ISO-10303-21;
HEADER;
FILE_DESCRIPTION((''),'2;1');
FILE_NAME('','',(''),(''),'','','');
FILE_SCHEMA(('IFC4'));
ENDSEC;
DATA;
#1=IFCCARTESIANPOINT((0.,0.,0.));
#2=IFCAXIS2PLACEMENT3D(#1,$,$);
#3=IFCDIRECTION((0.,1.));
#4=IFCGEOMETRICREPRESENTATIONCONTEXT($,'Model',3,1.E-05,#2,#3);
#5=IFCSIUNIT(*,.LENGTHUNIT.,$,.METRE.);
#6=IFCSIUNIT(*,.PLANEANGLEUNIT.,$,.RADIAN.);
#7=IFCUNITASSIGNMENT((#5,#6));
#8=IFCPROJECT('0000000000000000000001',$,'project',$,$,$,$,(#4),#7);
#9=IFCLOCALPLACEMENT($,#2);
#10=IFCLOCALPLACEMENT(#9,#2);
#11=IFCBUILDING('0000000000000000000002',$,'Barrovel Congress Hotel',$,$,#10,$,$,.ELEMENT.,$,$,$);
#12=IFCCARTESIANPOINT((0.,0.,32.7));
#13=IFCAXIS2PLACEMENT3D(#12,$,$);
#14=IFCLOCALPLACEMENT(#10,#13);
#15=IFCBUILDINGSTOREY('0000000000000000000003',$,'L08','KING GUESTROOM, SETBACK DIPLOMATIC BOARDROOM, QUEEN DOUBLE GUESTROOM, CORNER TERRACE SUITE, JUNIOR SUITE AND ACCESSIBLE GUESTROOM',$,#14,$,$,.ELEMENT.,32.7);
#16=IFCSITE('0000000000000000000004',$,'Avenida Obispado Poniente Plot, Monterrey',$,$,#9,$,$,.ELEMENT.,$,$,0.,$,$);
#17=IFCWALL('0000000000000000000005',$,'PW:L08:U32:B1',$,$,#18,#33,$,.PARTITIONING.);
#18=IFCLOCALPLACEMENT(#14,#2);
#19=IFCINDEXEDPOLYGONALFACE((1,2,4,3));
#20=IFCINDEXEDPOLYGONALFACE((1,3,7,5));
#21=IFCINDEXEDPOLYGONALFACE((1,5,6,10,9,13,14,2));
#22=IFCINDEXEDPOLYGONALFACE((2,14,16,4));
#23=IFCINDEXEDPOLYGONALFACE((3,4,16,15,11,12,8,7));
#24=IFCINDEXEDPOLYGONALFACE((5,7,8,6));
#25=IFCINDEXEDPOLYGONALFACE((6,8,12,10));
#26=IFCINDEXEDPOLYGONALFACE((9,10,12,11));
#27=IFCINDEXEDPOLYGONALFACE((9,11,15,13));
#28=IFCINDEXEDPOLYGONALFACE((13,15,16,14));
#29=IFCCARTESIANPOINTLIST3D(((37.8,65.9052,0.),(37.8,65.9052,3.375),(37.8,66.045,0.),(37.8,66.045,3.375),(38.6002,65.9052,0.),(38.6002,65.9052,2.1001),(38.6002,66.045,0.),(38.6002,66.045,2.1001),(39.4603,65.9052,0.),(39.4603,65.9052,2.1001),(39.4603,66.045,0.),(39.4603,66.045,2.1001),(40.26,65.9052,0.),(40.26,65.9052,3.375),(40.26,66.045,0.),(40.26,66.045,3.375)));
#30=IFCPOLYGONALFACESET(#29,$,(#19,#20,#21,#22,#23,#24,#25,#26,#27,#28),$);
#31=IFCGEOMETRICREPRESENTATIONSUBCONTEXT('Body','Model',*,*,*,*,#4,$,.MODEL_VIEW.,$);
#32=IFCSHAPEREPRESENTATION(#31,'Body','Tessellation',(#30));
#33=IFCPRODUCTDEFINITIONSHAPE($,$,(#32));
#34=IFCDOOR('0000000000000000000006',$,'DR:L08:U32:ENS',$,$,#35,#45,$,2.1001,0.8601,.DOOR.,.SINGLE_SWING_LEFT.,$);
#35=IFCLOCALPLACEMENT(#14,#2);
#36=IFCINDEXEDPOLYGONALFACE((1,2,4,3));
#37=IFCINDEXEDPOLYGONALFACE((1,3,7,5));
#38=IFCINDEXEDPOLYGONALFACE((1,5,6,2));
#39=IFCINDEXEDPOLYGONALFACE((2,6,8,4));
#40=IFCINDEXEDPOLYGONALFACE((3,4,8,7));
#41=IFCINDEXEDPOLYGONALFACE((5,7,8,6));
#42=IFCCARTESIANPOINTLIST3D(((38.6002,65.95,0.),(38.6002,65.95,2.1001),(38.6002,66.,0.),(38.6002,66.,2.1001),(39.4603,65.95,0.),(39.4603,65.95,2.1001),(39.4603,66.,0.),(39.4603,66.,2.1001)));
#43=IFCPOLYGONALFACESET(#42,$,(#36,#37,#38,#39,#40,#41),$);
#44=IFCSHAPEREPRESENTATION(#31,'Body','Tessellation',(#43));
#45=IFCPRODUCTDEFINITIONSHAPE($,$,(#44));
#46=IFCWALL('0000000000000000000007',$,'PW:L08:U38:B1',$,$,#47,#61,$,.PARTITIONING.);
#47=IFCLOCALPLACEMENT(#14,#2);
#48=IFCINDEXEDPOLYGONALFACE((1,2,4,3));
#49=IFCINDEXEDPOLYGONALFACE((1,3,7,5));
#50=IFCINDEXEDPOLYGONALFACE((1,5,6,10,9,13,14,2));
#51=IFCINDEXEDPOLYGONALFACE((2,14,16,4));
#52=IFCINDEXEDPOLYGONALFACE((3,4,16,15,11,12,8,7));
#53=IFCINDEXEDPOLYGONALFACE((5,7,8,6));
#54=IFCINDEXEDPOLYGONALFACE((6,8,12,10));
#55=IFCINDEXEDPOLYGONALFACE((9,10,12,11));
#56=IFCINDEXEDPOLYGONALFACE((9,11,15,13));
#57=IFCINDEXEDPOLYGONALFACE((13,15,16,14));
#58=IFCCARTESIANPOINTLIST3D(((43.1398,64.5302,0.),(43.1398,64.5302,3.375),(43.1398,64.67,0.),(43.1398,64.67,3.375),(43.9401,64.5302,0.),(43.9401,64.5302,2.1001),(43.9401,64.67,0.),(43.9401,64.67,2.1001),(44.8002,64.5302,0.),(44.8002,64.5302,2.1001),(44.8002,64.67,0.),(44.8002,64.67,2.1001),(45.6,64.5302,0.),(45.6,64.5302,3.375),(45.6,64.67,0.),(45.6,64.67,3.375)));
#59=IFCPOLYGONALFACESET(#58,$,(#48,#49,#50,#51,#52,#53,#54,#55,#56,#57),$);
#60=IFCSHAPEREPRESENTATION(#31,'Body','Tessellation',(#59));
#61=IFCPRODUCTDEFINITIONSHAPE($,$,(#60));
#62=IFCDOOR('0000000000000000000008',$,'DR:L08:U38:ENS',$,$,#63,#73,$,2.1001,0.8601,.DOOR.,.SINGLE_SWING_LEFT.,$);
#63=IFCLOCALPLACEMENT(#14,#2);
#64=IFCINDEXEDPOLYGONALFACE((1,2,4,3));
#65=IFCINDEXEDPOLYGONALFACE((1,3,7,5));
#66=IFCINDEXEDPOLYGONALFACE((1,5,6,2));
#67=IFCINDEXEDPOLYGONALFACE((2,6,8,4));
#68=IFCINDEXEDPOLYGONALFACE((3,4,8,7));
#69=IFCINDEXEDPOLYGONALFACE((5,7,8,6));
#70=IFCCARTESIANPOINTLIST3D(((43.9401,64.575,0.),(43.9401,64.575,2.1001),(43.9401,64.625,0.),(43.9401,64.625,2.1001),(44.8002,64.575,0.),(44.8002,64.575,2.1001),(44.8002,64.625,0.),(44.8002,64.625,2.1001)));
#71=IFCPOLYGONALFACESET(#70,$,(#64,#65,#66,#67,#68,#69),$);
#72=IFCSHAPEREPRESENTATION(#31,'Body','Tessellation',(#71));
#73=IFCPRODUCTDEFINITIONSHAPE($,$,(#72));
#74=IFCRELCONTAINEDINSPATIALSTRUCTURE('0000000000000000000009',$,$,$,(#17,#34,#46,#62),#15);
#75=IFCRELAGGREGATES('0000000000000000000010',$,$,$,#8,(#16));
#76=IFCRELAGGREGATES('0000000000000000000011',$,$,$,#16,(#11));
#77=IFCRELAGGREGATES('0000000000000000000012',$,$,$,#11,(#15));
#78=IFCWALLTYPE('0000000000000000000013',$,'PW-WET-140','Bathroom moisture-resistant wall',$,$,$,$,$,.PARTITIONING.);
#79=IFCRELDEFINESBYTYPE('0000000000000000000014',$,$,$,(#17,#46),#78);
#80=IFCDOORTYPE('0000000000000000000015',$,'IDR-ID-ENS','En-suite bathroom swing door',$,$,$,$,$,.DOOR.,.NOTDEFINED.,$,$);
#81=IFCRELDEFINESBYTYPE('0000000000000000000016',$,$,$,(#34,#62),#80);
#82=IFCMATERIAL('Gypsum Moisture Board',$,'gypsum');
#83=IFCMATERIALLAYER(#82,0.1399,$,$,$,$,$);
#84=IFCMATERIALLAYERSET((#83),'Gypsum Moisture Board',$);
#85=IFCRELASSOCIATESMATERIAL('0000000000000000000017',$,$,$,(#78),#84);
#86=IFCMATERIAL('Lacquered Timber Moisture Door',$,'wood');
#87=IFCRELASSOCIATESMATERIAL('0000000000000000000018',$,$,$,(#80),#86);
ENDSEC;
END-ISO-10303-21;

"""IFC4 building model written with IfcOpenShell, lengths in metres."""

from ifc_helpers import new_model, si_unit, direction, frame, frame_2d, origin, place, context, subcontext, project, spatial, rectangle, extrude, material, layer, layer_set, type_object, element, fill, save


model = new_model("IFC4")

# Units and contexts
model_context = context("Model", 3, precision=1e-05, world=origin(), true_north=direction((0.0, 1.0)))
body_context = subcontext(model_context, "Body", "Model", "MODEL_VIEW")
ifc_project = project(units=[si_unit("LENGTHUNIT", "METRE"), si_unit("PLANEANGLEUNIT", "RADIAN")], contexts=[model_context])

# Site, building, storey
site_placement = place(None, origin())
site = spatial("IfcSite", under=ifc_project, at=site_placement, Name="Avenida Obispado Poniente Plot, Monterrey", CompositionType="ELEMENT", RefElevation=0.0)
building_placement = place(site_placement, origin())
building = spatial("IfcBuilding", under=site, at=building_placement, Name="Barrovel Congress Hotel", CompositionType="ELEMENT")
storey_placement = place(building_placement, frame((0.0, 0.0, 32.7)))
storey = spatial("IfcBuildingStorey", under=building, at=storey_placement, Name="L08", Description="KING GUESTROOM, SETBACK DIPLOMATIC BOARDROOM, QUEEN DOUBLE GUESTROOM, CORNER TERRACE SUITE, JUNIOR SUITE AND ACCESSIBLE GUESTROOM", CompositionType="ELEMENT", Elevation=32.7)

# Walls, openings, doors
ifc_material_1 = material(Name="Gypsum Moisture Board", Category="gypsum")
ifc_layer_1 = layer(ifc_material_1, 0.1399)
ifc_layer_set_1 = layer_set([ifc_layer_1], Name="Gypsum Moisture Board")
wall_type_1 = type_object("IfcWallType", Name="PW-WET-140", Description="Bathroom moisture-resistant wall", PredefinedType="PARTITIONING", material=ifc_layer_set_1)
wall_1_placement = place(storey_placement, frame((37.8, 65.9751, 0.0), z_axis=(0.0, 0.0, 1.0), x_axis=(1.0, 0.0, 0.0)))
wall_1 = element("IfcWall", 1, at=wall_1_placement, inside=storey, type_object=wall_type_1, Name="PW:L08:U32:B1", PredefinedType="PARTITIONING", context=body_context, shape_type="SweptSolid", body=[
    extrude(rectangle(XDim=2.46, YDim=0.1399, at=frame_2d((1.23, 0.0))), origin(), (0.0, 0.0, 1.0), 3.375),
])
opening_1_placement = place(wall_1_placement, frame((0.8, 0.0, 0.0)))
opening_1 = element("IfcOpeningElement", 2, at=opening_1_placement, cuts=wall_1, PredefinedType="OPENING", context=body_context, shape_type="SweptSolid", body=[
    extrude(rectangle(XDim=0.8601, YDim=2.1001, at=frame_2d((0.4302, 1.05))), frame((0.0, 0.0801, 0.0), z_axis=(0.0, -1.0, 0.0), x_axis=(1.0, 0.0, 0.0)), (0.0, 0.0, 1.0), 0.1599),
])
ifc_material_2 = material(Name="Lacquered Timber Moisture Door", Category="wood")
door_type_1 = type_object("IfcDoorType", Name="IDR-ID-ENS", Description="En-suite bathroom swing door", OperationType="NOTDEFINED", PredefinedType="DOOR", material=ifc_material_2)
door_1_placement = place(opening_1_placement, origin())
door_1 = element("IfcDoor", 3, at=door_1_placement, inside=storey, type_object=door_type_1, Name="DR:L08:U32:ENS", OperationType="SINGLE_SWING_LEFT", OverallHeight=2.1001, OverallWidth=0.8601, PredefinedType="DOOR", context=body_context, shape_type="SweptSolid", body=[
    extrude(rectangle(XDim=0.8601, YDim=2.1001, at=frame_2d((0.4302, 1.05))), frame((0.0, 0.0249, 0.0), z_axis=(0.0, -1.0, 0.0), x_axis=(1.0, 0.0, 0.0)), (0.0, 0.0, 1.0), 0.05),
])
fill(opening_1, door_1)
wall_2_placement = place(storey_placement, frame((43.1399, 64.6001, 0.0), z_axis=(0.0, 0.0, 1.0), x_axis=(1.0, 0.0, 0.0)))
wall_2 = element("IfcWall", 4, at=wall_2_placement, inside=storey, type_object=wall_type_1, Name="PW:L08:U38:B1", PredefinedType="PARTITIONING", context=body_context, shape_type="SweptSolid", body=[
    extrude(rectangle(XDim=2.4602, YDim=0.1399, at=frame_2d((1.23, 0.0))), origin(), (0.0, 0.0, 1.0), 3.375),
])
opening_2_placement = place(wall_2_placement, frame((0.8, 0.0, 0.0)))
opening_2 = element("IfcOpeningElement", 5, at=opening_2_placement, cuts=wall_2, PredefinedType="OPENING", context=body_context, shape_type="SweptSolid", body=[
    extrude(rectangle(XDim=0.8601, YDim=2.1001, at=frame_2d((0.4302, 1.05))), frame((0.0, 0.0801, 0.0), z_axis=(0.0, -1.0, 0.0), x_axis=(1.0, 0.0, 0.0)), (0.0, 0.0, 1.0), 0.1599),
])
door_2_placement = place(opening_2_placement, origin())
door_2 = element("IfcDoor", 6, at=door_2_placement, inside=storey, type_object=door_type_1, Name="DR:L08:U38:ENS", OperationType="SINGLE_SWING_LEFT", OverallHeight=2.1001, OverallWidth=0.8601, PredefinedType="DOOR", context=body_context, shape_type="SweptSolid", body=[
    extrude(rectangle(XDim=0.8601, YDim=2.1001, at=frame_2d((0.4302, 1.05))), frame((0.0, 0.0249, 0.0), z_axis=(0.0, -1.0, 0.0), x_axis=(1.0, 0.0, 0.0)), (0.0, 0.0, 1.0), 0.05),
])
fill(opening_2, door_2)

save(model, "model.ifc")
